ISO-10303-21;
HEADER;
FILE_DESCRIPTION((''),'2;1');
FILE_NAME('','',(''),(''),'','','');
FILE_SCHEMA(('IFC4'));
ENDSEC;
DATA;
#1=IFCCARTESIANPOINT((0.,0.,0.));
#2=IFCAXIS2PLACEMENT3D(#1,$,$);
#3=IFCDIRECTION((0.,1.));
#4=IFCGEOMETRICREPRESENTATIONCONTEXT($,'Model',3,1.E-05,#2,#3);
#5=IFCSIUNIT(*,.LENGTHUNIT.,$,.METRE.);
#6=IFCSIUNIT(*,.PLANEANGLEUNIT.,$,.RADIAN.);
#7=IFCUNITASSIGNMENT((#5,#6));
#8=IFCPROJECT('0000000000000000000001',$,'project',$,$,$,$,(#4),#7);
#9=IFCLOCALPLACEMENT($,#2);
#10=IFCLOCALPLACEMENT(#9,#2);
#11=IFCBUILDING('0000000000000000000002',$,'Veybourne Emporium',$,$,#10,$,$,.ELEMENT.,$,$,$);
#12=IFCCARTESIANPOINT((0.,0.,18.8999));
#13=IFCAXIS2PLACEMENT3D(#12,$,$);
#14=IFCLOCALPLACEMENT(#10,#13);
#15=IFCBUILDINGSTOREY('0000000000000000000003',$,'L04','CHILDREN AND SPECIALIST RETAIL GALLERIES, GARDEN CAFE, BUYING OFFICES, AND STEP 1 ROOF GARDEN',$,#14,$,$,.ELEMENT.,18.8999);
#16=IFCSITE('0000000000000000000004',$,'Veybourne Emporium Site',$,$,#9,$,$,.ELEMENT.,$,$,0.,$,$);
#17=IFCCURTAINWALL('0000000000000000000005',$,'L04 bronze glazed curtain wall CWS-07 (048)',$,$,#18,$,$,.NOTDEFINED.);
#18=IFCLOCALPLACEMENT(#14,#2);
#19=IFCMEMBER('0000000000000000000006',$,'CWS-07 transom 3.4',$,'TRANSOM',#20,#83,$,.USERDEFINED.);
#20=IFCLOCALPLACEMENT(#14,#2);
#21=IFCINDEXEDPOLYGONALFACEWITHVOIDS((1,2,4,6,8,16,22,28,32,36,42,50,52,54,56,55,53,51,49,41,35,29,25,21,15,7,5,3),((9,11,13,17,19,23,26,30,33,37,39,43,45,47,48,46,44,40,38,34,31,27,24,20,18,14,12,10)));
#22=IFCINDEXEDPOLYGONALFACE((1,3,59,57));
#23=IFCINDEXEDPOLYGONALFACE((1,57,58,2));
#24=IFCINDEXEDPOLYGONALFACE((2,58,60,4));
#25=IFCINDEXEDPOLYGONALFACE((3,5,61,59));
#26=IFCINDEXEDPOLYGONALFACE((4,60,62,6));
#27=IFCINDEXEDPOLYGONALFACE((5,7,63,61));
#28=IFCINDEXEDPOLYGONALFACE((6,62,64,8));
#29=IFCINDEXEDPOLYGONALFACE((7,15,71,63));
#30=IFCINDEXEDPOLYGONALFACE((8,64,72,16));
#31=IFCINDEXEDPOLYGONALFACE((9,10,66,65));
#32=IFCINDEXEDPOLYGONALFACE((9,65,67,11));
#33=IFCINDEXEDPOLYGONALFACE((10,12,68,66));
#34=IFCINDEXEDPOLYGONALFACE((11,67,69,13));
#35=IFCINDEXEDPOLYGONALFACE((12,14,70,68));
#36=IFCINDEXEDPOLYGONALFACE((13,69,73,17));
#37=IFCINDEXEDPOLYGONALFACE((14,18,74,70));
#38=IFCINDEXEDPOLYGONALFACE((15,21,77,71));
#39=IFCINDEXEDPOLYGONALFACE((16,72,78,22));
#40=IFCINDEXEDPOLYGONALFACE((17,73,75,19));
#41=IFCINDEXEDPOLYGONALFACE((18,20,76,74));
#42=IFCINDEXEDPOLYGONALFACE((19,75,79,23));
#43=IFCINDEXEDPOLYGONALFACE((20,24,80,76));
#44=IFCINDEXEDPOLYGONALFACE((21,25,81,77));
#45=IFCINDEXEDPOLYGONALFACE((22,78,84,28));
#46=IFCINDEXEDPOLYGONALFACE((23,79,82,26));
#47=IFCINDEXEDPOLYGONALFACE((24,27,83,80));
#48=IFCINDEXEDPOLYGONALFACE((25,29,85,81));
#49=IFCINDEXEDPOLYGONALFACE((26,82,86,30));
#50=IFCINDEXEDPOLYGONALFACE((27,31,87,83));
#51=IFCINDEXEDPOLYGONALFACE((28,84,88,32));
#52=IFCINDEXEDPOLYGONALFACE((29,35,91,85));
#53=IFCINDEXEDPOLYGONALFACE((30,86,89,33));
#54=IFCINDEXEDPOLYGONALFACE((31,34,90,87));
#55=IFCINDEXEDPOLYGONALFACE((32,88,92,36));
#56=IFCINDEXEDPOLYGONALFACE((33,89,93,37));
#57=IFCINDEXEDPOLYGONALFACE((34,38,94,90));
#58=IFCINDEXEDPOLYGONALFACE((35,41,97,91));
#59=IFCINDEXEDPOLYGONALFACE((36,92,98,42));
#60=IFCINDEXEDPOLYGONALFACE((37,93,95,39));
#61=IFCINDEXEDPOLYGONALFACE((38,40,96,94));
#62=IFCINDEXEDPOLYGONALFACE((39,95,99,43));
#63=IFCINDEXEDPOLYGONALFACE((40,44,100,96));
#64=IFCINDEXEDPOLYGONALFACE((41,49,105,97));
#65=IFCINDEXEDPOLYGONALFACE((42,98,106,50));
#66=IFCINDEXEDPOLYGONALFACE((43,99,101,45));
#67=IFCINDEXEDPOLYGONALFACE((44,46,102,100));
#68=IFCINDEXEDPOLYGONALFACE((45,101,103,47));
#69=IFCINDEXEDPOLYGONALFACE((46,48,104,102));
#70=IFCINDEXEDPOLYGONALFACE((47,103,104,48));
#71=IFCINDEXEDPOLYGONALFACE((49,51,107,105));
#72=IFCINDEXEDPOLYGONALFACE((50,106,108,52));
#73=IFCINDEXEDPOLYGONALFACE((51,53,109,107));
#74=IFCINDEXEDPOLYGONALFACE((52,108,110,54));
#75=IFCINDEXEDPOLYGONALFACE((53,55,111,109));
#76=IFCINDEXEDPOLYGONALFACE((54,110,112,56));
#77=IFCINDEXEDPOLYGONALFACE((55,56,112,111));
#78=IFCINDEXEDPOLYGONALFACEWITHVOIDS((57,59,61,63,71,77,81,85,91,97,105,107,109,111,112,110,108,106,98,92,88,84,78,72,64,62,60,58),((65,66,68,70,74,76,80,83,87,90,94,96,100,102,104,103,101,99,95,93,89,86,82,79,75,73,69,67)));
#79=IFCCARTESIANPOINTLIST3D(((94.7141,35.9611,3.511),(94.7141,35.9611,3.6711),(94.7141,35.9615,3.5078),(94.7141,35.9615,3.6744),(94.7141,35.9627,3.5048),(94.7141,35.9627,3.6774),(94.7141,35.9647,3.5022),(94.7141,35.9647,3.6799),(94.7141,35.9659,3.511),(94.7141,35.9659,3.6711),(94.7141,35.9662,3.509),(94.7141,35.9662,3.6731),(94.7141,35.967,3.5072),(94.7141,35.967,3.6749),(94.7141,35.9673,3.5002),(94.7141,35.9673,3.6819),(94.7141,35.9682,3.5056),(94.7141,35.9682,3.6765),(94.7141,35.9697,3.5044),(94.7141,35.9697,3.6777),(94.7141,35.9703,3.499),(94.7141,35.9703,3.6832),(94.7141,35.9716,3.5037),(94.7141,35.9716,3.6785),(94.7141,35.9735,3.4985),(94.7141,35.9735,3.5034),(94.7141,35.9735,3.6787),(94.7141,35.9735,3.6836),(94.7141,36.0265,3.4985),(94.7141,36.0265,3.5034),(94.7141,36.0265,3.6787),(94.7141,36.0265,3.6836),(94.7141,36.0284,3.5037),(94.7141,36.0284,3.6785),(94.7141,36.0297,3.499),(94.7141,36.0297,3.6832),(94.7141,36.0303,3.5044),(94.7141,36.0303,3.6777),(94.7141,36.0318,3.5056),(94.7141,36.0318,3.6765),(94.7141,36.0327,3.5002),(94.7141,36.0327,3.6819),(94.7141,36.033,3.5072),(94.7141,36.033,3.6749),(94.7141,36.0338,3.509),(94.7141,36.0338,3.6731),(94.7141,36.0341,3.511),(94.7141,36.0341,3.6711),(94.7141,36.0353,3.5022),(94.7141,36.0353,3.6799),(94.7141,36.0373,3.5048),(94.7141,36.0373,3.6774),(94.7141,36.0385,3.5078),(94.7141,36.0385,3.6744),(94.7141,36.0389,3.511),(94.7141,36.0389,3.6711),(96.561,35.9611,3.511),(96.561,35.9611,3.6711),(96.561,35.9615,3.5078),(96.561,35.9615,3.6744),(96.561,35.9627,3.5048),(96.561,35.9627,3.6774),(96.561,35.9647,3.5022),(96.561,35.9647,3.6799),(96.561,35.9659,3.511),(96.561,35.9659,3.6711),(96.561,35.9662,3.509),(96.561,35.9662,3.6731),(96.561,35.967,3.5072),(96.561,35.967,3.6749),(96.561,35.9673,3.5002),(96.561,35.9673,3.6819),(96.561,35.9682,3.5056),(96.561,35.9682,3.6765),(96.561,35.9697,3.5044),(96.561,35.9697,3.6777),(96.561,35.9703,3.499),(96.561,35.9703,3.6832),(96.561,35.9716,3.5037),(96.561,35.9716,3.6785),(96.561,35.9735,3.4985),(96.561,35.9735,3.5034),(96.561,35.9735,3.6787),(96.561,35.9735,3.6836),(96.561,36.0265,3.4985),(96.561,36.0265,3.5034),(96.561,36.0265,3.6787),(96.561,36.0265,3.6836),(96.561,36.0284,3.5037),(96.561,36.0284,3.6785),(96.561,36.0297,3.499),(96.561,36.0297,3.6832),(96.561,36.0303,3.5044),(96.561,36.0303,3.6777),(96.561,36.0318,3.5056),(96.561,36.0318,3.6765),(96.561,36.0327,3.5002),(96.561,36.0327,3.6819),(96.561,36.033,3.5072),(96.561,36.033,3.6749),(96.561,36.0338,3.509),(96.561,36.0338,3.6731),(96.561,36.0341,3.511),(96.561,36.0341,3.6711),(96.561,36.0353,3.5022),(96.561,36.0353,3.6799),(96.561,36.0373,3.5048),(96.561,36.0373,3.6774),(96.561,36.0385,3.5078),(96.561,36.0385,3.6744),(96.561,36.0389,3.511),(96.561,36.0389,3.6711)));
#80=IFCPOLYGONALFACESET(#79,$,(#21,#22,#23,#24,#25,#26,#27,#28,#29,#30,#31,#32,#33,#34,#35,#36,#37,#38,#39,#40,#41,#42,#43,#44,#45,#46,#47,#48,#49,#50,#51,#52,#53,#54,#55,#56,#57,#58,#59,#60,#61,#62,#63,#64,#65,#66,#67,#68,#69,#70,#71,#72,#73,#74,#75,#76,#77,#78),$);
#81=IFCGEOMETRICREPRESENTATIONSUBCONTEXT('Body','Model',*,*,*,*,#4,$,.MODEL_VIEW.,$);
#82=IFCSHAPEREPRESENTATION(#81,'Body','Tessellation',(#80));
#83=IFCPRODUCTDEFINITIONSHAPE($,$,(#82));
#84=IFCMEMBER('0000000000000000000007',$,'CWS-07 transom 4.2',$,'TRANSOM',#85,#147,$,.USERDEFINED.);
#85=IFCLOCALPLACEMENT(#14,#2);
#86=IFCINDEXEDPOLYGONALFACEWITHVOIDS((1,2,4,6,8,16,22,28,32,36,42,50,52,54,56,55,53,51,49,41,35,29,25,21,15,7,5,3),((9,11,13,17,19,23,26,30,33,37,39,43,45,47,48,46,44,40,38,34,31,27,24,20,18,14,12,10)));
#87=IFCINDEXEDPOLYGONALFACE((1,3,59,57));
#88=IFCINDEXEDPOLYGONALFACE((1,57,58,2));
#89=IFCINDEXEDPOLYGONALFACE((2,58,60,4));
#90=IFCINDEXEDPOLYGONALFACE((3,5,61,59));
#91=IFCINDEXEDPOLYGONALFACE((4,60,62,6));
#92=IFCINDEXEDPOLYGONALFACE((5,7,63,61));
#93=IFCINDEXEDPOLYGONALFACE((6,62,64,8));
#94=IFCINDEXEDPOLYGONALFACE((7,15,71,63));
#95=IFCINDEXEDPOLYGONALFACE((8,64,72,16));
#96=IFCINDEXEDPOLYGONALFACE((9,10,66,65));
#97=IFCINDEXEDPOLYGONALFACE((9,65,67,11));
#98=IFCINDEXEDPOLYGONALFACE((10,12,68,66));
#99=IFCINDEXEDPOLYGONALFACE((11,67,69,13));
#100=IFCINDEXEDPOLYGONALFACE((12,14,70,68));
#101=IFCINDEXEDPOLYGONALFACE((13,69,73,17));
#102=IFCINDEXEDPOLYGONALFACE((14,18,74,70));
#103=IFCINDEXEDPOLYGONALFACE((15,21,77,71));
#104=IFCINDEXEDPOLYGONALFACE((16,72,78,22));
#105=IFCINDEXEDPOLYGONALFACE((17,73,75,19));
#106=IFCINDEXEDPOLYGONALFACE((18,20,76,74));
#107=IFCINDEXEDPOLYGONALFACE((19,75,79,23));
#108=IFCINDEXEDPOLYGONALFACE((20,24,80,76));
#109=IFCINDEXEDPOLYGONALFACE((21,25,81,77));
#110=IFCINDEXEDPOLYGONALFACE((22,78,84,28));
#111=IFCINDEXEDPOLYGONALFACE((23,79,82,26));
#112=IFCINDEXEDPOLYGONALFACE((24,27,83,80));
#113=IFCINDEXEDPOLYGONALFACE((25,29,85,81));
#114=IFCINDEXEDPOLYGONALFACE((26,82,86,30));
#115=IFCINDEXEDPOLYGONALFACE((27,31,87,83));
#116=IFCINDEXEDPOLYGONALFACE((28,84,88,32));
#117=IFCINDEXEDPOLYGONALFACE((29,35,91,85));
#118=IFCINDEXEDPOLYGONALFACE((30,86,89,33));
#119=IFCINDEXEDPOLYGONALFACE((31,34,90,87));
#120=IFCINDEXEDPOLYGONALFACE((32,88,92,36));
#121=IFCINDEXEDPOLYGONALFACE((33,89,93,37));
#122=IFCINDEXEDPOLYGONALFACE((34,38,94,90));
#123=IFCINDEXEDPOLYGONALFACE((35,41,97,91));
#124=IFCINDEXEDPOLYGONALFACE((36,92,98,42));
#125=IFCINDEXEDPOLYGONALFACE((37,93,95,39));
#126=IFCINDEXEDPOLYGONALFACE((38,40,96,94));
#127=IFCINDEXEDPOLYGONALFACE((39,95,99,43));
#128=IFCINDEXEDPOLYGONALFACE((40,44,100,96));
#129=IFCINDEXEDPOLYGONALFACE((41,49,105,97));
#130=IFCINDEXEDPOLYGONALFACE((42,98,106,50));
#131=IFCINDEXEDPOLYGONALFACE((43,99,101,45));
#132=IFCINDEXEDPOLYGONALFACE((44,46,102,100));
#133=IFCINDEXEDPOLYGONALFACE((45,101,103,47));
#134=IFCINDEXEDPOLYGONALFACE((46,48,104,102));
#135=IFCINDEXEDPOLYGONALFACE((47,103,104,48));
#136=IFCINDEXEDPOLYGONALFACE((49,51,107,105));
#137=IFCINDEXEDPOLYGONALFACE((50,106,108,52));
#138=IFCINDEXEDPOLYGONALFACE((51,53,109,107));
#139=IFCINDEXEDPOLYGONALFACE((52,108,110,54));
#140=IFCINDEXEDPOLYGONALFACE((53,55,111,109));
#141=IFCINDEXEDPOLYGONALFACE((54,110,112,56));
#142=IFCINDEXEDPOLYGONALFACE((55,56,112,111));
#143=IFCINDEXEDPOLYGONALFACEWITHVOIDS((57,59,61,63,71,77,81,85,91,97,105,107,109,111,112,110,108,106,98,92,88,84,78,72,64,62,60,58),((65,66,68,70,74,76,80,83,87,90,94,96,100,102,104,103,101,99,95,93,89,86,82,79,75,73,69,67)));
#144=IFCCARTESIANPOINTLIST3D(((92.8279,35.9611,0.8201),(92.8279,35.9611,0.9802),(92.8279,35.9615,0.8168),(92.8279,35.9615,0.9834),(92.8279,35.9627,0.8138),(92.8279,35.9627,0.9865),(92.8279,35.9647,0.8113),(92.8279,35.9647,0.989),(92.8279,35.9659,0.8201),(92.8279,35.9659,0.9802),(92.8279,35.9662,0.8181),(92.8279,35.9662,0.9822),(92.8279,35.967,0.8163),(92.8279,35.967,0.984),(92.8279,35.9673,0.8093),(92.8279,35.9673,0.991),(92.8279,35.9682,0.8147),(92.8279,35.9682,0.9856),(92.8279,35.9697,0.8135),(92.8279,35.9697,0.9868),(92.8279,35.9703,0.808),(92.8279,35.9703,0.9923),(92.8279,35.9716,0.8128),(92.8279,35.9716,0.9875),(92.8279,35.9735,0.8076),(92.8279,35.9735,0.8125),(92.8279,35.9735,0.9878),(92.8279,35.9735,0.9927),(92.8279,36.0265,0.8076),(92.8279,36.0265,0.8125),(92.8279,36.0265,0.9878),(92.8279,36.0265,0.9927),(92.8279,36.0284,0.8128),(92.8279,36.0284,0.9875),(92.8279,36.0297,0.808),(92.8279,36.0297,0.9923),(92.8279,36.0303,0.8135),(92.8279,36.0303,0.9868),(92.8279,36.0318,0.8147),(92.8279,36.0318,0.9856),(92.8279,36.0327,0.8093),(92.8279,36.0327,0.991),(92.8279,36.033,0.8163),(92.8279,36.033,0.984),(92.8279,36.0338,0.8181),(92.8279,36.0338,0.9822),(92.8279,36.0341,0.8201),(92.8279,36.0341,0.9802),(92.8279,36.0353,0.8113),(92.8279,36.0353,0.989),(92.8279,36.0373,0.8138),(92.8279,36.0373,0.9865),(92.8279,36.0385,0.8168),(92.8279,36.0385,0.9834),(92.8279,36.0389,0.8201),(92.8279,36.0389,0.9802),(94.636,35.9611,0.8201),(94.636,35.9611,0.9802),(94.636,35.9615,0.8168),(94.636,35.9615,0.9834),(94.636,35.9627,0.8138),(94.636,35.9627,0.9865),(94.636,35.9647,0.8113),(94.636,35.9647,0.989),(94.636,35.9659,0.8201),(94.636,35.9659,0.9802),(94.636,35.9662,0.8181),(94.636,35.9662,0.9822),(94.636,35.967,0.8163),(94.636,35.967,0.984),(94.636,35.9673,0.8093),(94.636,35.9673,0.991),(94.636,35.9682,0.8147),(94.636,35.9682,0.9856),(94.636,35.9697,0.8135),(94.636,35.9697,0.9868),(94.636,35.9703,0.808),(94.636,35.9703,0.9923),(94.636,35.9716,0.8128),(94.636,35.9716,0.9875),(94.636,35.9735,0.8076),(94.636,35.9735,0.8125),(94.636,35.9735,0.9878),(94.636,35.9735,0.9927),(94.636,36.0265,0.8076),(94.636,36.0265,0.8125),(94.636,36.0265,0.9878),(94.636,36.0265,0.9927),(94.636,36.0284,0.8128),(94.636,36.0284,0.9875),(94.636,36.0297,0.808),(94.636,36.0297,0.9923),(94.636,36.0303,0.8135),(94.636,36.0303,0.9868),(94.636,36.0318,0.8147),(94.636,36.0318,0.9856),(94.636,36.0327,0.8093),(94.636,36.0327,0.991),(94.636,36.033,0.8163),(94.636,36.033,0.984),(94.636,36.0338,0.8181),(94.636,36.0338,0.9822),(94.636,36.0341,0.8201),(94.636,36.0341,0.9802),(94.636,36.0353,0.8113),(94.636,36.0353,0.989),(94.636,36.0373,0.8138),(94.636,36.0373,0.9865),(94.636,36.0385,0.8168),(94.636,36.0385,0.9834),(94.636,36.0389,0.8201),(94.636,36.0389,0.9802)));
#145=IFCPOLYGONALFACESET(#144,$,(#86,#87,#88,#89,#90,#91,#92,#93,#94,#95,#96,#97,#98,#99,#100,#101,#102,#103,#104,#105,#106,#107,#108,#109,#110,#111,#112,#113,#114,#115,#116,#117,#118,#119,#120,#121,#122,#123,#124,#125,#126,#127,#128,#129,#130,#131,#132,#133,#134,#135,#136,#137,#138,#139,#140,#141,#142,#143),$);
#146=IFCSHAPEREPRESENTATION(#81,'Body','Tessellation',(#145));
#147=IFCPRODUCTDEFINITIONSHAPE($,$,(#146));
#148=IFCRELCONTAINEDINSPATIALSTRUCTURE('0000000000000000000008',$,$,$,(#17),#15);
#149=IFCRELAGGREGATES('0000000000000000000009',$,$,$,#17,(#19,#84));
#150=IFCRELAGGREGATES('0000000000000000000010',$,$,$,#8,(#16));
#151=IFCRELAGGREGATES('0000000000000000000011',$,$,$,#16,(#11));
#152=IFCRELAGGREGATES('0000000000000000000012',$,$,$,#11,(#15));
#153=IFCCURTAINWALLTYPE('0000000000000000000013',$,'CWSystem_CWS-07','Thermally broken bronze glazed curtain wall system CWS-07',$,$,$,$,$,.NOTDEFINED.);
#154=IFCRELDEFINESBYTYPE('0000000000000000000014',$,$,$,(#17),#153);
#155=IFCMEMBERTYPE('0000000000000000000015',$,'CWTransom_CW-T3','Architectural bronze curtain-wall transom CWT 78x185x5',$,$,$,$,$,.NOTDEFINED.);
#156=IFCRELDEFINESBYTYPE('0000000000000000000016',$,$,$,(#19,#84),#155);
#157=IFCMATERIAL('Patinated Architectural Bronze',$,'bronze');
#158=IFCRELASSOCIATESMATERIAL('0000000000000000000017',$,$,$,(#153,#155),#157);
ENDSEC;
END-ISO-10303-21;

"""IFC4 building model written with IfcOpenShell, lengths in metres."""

from ifc_helpers import new_model, si_unit, direction, frame, origin, origin_2d, place, context, subcontext, project, spatial, hollow_rectangle, extrude, material, material_profile, profile_set, type_object, element, aggregate, save


model = new_model("IFC4")

# Units and contexts
model_context = context("Model", 3, precision=1e-05, world=origin(), true_north=direction((0.0, 1.0)))
body_context = subcontext(model_context, "Body", "Model", "MODEL_VIEW")
ifc_project = project(units=[si_unit("LENGTHUNIT", "METRE"), si_unit("PLANEANGLEUNIT", "RADIAN")], contexts=[model_context])

# Site, building, storey
site_placement = place(None, origin())
site = spatial("IfcSite", under=ifc_project, at=site_placement, Name="Veybourne Emporium Site", CompositionType="ELEMENT", RefElevation=0.0)
building_placement = place(site_placement, origin())
building = spatial("IfcBuilding", under=site, at=building_placement, Name="Veybourne Emporium", CompositionType="ELEMENT")
storey_placement = place(building_placement, frame((0.0, 0.0, 18.8999)))
storey = spatial("IfcBuildingStorey", under=building, at=storey_placement, Name="L04", Description="CHILDREN AND SPECIALIST RETAIL GALLERIES, GARDEN CAFE, BUYING OFFICES, AND STEP 1 ROOF GARDEN", CompositionType="ELEMENT", Elevation=18.8999)

# Curtain wall, members
ifc_material_1 = material(Name="Patinated Architectural Bronze", Category="bronze")
curtain_wall_type = type_object("IfcCurtainWallType", Name="CWSystem_CWS-07", Description="Thermally broken bronze glazed curtain wall system CWS-07", PredefinedType="NOTDEFINED", material=ifc_material_1)
curtain_wall_placement = place(storey_placement, origin())
curtain_wall = element("IfcCurtainWall", 1, at=curtain_wall_placement, inside=storey, type_object=curtain_wall_type, Name="L04 bronze glazed curtain wall CWS-07 (048)", PredefinedType="NOTDEFINED")
ifc_material_profile_1 = material_profile(ifc_material_1, hollow_rectangle(XDim=0.0779, YDim=0.1851, WallThickness=0.0049, InnerFilletRadius=0.0076, OuterFilletRadius=0.0125, at=origin_2d()), Name="CWT 78x185x5")
ifc_profile_set_1 = profile_set([ifc_material_profile_1], Name="Patinated Architectural Bronze")
member_type_1 = type_object("IfcMemberType", Name="CWTransom_CW-T3", Description="Architectural bronze curtain-wall transom CWT 78x185x5", PredefinedType="NOTDEFINED", material=ifc_profile_set_1)
member_1_placement = place(storey_placement, frame((96.561, 36.0, 3.5911), z_axis=(-1.0, 0.0, 0.0), x_axis=(0.0, -1.0, 0.0)))
member_1 = element("IfcMember", 2, at=member_1_placement, type_object=member_type_1, Name="CWS-07 transom 3.4", ObjectType="TRANSOM", PredefinedType="USERDEFINED", context=body_context, shape_type="SweptSolid", body=[
    extrude(hollow_rectangle(XDim=0.0779, YDim=0.1851, WallThickness=0.0049, InnerFilletRadius=0.0076, OuterFilletRadius=0.0125, at=origin_2d()), origin(), (0.0, 0.0, 1.0), 1.8469),
])
member_2_placement = place(storey_placement, frame((94.636, 36.0, 0.9001), z_axis=(-1.0, 0.0, 0.0), x_axis=(0.0, -1.0, 0.0)))
member_2 = element("IfcMember", 3, at=member_2_placement, type_object=member_type_1, Name="CWS-07 transom 4.2", ObjectType="TRANSOM", PredefinedType="USERDEFINED", context=body_context, shape_type="SweptSolid", body=[
    extrude(hollow_rectangle(XDim=0.0779, YDim=0.1851, WallThickness=0.0049, InnerFilletRadius=0.0076, OuterFilletRadius=0.0125, at=origin_2d()), origin(), (0.0, 0.0, 1.0), 1.8081),
])
aggregate(curtain_wall, [member_1, member_2])

save(model, "model.ifc")
